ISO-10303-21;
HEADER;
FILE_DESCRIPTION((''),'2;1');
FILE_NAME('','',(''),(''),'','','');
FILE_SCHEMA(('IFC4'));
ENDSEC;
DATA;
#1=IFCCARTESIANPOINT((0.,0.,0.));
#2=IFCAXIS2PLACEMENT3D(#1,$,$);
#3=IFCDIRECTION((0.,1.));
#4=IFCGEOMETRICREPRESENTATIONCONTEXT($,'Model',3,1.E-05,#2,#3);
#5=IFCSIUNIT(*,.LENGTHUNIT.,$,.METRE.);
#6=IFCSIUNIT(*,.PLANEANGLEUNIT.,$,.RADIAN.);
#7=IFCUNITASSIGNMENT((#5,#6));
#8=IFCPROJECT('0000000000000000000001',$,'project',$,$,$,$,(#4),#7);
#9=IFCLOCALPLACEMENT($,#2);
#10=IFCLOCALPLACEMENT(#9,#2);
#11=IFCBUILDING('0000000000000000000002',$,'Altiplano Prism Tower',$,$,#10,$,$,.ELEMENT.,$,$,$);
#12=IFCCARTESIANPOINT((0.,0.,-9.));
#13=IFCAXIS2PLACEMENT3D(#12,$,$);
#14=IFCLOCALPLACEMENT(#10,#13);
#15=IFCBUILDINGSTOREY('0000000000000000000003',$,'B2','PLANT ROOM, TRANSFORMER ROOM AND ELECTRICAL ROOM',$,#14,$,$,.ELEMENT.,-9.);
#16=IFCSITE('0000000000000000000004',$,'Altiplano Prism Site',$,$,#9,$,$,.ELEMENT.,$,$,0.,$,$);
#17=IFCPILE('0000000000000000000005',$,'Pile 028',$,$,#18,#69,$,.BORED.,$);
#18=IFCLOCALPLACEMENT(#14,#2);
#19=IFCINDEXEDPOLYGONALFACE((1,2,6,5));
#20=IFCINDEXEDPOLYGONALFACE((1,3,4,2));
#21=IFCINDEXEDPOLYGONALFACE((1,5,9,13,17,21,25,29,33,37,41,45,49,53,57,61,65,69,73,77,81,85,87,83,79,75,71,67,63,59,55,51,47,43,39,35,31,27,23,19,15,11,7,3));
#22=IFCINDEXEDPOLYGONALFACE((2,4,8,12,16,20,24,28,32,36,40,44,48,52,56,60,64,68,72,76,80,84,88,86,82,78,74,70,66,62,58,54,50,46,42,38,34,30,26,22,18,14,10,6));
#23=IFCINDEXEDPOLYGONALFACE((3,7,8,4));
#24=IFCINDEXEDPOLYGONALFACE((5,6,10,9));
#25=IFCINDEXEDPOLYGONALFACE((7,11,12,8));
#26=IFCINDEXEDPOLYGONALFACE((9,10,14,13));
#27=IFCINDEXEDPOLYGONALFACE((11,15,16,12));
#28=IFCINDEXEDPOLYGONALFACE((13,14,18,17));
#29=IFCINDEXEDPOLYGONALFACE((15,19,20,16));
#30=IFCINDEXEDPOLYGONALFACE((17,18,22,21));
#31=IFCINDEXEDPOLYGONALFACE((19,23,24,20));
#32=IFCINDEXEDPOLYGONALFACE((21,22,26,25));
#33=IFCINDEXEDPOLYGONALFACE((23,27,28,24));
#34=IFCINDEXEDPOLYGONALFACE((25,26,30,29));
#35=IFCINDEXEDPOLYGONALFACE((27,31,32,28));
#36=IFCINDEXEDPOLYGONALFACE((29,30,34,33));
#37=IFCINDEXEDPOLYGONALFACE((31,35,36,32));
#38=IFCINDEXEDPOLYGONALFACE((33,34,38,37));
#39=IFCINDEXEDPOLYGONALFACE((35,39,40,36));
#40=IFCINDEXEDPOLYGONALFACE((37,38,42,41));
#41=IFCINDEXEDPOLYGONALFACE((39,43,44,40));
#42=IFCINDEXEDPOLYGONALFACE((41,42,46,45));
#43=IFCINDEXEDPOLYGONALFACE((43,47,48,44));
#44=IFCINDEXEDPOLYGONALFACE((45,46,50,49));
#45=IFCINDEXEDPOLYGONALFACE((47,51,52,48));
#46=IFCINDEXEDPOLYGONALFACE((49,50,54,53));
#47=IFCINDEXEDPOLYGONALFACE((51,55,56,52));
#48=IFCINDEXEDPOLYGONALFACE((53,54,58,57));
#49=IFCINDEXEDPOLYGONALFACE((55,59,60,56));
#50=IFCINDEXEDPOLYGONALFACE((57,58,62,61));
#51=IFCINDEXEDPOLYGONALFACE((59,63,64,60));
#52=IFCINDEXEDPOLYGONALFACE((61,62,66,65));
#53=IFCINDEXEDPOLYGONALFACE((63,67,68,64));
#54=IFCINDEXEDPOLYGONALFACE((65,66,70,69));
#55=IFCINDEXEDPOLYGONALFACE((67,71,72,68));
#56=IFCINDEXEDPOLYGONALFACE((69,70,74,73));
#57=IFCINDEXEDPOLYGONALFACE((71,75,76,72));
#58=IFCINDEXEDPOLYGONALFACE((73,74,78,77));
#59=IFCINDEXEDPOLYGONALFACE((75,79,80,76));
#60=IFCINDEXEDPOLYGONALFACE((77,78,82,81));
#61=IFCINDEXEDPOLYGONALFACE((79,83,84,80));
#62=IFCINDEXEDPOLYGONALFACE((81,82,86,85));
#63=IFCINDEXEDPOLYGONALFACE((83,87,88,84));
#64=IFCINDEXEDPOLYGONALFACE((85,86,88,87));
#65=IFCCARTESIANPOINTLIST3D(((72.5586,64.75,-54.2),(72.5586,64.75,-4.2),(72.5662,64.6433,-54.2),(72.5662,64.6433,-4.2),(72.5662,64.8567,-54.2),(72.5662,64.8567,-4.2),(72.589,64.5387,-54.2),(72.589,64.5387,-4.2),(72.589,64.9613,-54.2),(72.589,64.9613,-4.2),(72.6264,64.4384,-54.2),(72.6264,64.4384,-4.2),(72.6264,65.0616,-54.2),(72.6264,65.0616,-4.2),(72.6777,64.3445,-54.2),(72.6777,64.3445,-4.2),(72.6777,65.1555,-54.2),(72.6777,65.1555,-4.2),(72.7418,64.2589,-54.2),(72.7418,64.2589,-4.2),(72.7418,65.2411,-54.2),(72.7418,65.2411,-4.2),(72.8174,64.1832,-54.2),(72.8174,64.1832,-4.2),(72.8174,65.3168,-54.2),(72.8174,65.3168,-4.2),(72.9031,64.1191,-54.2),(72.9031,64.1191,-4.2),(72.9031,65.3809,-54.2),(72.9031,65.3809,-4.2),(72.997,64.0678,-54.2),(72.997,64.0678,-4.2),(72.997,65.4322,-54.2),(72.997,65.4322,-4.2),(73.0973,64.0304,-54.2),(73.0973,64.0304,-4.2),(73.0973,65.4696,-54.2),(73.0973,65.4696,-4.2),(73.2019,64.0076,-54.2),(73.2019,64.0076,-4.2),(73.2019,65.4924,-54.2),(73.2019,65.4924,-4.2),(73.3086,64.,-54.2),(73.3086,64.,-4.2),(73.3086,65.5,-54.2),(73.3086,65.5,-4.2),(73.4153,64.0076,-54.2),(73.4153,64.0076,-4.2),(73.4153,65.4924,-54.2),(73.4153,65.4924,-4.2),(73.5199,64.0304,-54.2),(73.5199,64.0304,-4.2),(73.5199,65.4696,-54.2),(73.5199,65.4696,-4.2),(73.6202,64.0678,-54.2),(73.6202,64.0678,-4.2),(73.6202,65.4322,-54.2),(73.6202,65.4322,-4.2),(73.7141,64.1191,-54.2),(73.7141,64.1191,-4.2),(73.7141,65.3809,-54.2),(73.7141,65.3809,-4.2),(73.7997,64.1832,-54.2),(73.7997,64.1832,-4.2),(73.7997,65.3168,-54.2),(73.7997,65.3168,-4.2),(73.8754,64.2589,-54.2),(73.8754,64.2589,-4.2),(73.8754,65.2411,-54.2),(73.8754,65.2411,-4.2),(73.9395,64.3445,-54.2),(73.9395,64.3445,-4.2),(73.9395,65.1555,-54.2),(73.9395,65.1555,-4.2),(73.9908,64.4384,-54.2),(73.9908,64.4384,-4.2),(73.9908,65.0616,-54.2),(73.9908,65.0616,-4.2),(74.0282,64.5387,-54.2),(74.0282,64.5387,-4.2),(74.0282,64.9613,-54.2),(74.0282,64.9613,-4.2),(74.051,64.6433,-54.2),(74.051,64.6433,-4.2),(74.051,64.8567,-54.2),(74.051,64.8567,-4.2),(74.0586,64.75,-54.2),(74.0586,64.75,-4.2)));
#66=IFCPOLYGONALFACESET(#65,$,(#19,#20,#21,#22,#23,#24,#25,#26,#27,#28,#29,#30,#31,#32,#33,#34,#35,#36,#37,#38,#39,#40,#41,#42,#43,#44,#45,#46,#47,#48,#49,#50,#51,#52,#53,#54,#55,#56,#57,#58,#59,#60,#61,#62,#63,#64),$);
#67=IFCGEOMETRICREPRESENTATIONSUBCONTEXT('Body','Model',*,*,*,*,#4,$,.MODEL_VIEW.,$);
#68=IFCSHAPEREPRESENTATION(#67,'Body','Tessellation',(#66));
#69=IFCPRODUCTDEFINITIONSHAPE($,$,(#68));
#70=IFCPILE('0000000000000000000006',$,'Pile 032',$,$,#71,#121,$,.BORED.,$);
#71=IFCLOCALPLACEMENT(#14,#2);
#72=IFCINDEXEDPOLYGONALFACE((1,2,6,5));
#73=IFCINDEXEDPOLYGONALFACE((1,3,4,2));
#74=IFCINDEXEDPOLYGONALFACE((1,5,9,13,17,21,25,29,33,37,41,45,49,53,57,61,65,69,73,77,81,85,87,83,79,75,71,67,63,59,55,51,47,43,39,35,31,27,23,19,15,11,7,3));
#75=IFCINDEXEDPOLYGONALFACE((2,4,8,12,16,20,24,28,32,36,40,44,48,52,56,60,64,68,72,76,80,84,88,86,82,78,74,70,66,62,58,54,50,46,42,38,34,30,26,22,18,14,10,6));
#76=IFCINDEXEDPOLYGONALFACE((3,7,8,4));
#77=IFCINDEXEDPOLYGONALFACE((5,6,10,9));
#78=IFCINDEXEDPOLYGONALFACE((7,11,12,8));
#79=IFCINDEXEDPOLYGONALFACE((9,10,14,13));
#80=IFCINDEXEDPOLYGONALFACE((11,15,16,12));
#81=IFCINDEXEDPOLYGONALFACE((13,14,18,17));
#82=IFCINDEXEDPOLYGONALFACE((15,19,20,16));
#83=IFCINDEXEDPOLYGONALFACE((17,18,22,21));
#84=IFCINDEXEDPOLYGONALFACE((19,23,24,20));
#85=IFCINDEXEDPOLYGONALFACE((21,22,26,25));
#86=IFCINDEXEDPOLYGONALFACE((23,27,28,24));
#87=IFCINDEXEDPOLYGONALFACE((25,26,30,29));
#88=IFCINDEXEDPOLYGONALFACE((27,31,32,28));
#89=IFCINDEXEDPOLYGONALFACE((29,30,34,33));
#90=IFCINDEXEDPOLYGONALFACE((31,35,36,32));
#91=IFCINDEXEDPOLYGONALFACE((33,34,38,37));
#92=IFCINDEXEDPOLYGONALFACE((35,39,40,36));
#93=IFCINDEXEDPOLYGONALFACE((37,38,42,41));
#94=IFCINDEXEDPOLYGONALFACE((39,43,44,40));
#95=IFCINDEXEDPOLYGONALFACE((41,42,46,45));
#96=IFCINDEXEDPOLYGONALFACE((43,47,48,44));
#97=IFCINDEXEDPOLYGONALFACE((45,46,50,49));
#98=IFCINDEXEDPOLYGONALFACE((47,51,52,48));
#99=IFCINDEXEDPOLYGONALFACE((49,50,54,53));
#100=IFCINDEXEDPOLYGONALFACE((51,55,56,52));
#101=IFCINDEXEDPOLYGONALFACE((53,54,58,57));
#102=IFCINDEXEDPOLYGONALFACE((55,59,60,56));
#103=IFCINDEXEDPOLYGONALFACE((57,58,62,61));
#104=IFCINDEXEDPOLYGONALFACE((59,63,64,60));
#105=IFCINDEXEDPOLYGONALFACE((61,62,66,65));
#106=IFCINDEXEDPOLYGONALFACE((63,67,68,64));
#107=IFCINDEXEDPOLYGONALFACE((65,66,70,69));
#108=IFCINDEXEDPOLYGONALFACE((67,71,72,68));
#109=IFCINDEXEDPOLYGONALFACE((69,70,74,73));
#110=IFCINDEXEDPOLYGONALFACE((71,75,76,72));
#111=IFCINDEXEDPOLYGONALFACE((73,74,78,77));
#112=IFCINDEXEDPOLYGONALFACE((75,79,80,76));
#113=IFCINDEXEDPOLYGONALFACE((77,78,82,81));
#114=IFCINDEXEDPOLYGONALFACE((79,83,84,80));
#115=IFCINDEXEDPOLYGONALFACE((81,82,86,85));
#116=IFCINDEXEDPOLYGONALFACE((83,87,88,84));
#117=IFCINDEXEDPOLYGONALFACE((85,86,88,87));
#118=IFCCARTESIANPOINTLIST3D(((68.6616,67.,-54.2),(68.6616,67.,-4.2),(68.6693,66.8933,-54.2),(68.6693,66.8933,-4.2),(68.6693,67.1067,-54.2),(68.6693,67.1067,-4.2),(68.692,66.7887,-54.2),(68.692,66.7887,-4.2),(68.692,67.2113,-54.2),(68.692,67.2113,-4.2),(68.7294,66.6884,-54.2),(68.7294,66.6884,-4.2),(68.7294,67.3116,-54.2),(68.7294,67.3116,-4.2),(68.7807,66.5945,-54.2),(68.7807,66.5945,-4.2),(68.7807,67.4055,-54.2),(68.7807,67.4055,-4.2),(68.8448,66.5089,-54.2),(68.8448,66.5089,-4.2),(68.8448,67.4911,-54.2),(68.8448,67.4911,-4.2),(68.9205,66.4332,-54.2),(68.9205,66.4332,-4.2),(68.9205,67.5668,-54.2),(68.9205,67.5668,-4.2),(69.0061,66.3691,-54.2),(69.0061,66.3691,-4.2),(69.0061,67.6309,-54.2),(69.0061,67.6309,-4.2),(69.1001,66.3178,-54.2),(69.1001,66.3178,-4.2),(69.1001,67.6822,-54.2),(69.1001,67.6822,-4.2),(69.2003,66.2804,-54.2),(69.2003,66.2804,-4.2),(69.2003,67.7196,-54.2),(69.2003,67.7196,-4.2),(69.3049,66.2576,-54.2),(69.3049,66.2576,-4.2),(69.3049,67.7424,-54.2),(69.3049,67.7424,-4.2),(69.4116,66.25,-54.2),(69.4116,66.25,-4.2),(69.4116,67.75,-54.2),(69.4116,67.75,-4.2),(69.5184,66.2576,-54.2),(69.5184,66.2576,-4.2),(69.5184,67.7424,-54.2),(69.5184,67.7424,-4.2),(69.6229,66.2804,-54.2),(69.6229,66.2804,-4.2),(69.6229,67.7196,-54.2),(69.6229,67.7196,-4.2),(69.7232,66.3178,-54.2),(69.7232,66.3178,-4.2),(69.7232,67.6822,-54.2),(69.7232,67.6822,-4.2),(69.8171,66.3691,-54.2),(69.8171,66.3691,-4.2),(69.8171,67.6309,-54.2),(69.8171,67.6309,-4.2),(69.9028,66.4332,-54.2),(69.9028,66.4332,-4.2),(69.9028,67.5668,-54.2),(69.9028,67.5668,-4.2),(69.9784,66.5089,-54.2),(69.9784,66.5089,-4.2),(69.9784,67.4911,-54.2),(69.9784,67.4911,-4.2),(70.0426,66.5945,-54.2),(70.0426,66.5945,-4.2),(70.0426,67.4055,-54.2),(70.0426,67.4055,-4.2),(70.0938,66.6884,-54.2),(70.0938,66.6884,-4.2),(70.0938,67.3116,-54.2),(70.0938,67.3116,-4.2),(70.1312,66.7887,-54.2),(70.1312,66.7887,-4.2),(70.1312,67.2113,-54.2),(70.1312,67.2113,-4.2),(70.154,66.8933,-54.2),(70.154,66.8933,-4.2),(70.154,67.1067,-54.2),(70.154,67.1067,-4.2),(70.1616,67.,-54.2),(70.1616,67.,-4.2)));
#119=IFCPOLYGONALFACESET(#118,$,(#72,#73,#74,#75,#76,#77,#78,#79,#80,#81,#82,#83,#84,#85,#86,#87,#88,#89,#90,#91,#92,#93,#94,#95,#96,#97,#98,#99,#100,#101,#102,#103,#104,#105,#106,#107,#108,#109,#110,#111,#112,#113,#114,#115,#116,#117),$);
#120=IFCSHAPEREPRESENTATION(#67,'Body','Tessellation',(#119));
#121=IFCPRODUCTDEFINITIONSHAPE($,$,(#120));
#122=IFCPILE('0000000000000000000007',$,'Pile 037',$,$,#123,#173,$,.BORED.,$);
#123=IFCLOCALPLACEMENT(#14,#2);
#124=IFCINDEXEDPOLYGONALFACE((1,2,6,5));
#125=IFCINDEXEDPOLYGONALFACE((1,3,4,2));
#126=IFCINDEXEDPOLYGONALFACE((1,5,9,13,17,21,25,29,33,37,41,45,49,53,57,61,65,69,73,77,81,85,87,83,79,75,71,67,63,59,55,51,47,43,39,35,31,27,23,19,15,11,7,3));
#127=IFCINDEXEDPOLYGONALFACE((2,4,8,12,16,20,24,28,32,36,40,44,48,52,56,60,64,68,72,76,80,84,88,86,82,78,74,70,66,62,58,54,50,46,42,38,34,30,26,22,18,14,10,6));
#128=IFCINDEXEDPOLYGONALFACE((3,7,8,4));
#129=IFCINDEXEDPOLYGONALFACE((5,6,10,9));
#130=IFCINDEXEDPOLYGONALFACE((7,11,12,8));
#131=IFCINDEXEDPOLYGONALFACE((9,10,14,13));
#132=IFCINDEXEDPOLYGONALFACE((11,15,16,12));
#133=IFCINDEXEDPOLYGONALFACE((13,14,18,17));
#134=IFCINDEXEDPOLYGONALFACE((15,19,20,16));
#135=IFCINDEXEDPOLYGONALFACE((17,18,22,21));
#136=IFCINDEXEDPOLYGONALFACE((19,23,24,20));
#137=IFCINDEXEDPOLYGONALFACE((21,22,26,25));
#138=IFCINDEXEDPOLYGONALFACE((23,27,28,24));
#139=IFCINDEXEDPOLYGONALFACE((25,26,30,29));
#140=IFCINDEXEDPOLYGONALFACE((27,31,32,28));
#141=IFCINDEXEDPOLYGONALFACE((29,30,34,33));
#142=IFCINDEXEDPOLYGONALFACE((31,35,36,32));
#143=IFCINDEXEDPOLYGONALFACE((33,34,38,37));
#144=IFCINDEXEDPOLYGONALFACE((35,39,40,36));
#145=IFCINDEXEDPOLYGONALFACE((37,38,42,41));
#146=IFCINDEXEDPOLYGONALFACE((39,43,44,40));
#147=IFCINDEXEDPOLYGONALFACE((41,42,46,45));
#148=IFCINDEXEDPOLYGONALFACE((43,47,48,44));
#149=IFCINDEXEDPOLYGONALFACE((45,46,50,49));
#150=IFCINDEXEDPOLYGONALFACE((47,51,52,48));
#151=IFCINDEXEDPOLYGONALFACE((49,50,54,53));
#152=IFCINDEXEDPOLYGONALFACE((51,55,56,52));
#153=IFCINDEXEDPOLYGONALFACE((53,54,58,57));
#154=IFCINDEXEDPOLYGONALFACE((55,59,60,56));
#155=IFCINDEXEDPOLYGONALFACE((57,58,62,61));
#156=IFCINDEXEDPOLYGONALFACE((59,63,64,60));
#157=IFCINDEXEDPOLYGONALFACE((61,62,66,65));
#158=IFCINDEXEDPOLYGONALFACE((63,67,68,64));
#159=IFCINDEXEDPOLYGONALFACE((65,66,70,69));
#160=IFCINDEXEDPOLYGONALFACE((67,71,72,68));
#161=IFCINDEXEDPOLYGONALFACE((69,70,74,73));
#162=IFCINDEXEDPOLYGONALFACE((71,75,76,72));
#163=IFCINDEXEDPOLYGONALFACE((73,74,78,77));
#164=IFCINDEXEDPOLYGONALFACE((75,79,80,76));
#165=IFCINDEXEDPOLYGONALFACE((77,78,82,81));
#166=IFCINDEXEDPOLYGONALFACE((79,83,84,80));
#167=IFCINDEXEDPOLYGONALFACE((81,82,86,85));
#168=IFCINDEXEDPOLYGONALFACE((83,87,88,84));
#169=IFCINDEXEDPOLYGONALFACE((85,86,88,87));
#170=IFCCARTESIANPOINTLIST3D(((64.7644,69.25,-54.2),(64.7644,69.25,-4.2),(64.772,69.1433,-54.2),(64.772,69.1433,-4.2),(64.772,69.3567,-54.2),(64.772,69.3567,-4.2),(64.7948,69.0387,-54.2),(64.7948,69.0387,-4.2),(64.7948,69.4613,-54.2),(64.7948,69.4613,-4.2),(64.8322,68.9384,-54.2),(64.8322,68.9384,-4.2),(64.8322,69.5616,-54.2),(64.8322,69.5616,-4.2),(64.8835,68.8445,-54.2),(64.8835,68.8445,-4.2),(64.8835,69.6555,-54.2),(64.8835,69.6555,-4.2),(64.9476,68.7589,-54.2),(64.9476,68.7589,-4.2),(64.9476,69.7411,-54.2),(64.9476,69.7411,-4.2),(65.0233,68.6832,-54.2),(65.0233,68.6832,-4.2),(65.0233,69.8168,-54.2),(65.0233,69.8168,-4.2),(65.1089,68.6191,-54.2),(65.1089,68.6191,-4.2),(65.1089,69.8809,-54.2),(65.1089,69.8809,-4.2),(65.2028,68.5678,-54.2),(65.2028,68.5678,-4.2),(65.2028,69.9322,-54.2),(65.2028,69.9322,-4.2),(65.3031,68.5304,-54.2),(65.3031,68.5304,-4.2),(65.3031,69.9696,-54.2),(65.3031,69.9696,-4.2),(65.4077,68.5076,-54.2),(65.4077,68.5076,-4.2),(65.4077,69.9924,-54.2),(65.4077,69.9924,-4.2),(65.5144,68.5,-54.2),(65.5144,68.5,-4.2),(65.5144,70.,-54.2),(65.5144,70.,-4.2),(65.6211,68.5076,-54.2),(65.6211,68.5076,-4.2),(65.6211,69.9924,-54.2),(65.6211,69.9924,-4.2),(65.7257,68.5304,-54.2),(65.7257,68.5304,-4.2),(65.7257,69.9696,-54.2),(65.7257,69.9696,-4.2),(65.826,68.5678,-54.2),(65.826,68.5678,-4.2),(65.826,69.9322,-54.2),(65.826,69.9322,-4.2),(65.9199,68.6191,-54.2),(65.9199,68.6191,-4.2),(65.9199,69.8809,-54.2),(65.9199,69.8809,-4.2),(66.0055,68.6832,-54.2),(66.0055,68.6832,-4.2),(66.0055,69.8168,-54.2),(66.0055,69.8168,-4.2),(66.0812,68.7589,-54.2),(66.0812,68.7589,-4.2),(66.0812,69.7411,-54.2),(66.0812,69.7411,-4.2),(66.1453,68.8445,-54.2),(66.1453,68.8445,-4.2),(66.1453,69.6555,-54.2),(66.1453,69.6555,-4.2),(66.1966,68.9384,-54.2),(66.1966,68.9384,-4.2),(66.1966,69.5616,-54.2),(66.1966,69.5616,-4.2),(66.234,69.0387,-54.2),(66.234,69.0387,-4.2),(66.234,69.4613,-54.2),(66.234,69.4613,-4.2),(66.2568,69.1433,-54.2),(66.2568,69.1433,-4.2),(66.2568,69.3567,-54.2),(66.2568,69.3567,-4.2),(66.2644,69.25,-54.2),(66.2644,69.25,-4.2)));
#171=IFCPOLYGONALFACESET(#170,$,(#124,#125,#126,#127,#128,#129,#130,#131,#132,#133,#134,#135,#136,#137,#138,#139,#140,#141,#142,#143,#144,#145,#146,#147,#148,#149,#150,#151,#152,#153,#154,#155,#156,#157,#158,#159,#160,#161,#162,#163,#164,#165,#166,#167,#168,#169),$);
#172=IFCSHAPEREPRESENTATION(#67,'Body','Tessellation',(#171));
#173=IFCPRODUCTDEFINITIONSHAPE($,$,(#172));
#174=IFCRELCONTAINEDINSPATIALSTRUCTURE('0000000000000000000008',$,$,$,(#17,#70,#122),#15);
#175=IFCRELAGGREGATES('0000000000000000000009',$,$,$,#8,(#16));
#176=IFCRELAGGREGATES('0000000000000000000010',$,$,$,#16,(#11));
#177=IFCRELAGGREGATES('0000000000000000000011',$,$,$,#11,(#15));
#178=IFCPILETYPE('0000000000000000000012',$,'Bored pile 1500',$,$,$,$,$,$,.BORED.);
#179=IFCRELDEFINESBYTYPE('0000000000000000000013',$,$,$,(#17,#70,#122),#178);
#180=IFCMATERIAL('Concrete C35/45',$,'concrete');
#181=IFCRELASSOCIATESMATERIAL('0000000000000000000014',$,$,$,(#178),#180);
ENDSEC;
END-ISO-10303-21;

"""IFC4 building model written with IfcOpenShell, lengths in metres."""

from ifc_helpers import new_model, si_unit, direction, frame, origin, origin_2d, place, context, subcontext, project, spatial, circle, extrude, material, material_profile, profile_set, type_object, element, save


model = new_model("IFC4")

# Units and contexts
model_context = context("Model", 3, precision=1e-05, world=origin(), true_north=direction((0.0, 1.0)))
body_context = subcontext(model_context, "Body", "Model", "MODEL_VIEW")
ifc_project = project(units=[si_unit("LENGTHUNIT", "METRE"), si_unit("PLANEANGLEUNIT", "RADIAN")], contexts=[model_context])

# Site, building, storey
site_placement = place(None, origin())
site = spatial("IfcSite", under=ifc_project, at=site_placement, Name="Altiplano Prism Site", CompositionType="ELEMENT", RefElevation=0.0)
building_placement = place(site_placement, origin())
building = spatial("IfcBuilding", under=site, at=building_placement, Name="Altiplano Prism Tower", CompositionType="ELEMENT")
storey_placement = place(building_placement, frame((0.0, 0.0, -9.0)))
storey = spatial("IfcBuildingStorey", under=building, at=storey_placement, Name="B2", Description="PLANT ROOM, TRANSFORMER ROOM AND ELECTRICAL ROOM", CompositionType="ELEMENT", Elevation=-9.0)

# Piles
ifc_material_1 = material(Name="Concrete C35/45", Category="concrete")
ifc_material_profile_1 = material_profile(ifc_material_1, circle(Radius=0.75, at=origin_2d()), Name="Bored pile 1500")
ifc_profile_set_1 = profile_set([ifc_material_profile_1], Name="Concrete C35/45")
pile_type = type_object("IfcPileType", Name="Bored pile 1500", PredefinedType="BORED", material=ifc_profile_set_1)
for number, where, z_axis, x_axis, name in (
    (1, (73.3086, 64.75, -4.2), (0.0, 0.0, -1.0), (1.0, 0.0, 0.0), "Pile 028"),
    (2, (69.4116, 67.0, -4.2), (0.0, 0.0, -1.0), (1.0, 0.0, 0.0), "Pile 032"),
    (3, (65.5144, 69.25, -4.2), (0.0, 0.0, -1.0), (1.0, 0.0, 0.0), "Pile 037"),
):
    element("IfcPile", number, at=place(storey_placement, frame(where, z_axis=z_axis, x_axis=x_axis)), inside=storey, type_object=pile_type, Name=name, PredefinedType="BORED", context=body_context, shape_type="SweptSolid", body=[
        extrude(circle(Radius=0.75, at=origin_2d()), origin(), (0.0, 0.0, 1.0), 50.0),
    ])

save(model, "model.ifc")
